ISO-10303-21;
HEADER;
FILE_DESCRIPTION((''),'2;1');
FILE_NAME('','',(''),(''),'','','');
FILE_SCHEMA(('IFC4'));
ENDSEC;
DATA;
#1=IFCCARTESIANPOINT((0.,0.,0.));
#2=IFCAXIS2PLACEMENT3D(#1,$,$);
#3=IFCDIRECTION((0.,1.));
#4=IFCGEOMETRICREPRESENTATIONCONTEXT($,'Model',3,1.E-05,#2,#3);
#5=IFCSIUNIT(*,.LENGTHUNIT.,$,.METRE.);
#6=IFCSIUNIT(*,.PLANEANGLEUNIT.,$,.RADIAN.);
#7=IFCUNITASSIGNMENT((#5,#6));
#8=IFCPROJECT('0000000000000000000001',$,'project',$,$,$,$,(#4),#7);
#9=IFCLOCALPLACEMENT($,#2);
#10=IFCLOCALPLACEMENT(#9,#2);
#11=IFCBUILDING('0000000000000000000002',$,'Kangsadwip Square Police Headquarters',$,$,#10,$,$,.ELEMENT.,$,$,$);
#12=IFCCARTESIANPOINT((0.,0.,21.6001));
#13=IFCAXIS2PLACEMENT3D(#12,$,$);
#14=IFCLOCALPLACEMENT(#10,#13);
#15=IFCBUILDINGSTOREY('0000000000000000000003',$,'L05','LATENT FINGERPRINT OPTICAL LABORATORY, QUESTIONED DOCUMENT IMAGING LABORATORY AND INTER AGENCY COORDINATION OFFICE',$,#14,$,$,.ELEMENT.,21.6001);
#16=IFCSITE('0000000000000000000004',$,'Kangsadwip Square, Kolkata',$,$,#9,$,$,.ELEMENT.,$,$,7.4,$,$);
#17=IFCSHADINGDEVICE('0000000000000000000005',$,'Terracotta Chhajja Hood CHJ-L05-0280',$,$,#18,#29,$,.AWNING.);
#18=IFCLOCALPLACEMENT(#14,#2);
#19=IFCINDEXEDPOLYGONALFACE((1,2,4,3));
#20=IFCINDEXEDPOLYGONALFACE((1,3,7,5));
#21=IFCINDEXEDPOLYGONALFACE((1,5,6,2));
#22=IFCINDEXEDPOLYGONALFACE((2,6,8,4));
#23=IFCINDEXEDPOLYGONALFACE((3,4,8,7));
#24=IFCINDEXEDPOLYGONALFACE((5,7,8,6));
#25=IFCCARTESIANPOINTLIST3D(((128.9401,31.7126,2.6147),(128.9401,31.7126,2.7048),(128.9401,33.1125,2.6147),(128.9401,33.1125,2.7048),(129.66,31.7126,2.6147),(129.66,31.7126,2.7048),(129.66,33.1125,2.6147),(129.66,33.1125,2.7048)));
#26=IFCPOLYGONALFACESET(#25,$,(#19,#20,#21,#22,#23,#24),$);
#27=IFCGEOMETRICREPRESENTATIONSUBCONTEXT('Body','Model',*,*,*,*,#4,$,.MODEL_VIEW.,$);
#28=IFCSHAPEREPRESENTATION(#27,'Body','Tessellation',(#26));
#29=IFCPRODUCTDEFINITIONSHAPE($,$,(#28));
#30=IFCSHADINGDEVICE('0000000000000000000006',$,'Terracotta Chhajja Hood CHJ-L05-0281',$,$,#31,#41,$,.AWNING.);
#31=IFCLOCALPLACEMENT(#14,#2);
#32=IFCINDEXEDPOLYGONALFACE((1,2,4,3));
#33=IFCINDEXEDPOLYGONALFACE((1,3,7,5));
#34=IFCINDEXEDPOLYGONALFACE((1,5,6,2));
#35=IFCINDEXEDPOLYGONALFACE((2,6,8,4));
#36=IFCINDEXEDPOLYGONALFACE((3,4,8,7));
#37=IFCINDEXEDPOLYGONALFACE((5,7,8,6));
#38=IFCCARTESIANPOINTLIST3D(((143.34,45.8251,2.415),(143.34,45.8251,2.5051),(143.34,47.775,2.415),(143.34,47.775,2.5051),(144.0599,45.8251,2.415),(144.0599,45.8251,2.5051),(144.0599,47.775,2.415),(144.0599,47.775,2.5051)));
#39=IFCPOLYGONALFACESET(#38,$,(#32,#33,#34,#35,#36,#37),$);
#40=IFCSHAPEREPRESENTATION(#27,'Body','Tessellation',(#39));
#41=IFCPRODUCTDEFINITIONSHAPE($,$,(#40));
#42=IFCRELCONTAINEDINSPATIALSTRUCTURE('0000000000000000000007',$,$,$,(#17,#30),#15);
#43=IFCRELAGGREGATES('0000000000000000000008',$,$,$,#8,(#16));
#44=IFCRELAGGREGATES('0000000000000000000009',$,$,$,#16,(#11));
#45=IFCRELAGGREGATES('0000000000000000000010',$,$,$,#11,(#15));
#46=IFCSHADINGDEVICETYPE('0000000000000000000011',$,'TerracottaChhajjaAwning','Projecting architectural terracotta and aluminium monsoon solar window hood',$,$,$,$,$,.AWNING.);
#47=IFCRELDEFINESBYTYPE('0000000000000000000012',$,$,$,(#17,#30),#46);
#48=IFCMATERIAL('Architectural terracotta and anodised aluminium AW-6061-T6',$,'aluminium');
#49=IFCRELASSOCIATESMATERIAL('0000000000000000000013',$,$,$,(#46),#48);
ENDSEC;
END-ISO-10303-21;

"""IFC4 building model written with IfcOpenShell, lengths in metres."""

from ifc_helpers import new_model, si_unit, direction, frame, origin, origin_2d, place, context, subcontext, project, spatial, rectangle, extrude, material, type_object, element, save


model = new_model("IFC4")

# Units and contexts
model_context = context("Model", 3, precision=1e-05, world=origin(), true_north=direction((0.0, 1.0)))
body_context = subcontext(model_context, "Body", "Model", "MODEL_VIEW")
ifc_project = project(units=[si_unit("LENGTHUNIT", "METRE"), si_unit("PLANEANGLEUNIT", "RADIAN")], contexts=[model_context])

# Site, building, storey
site_placement = place(None, origin())
site = spatial("IfcSite", under=ifc_project, at=site_placement, Name="Kangsadwip Square, Kolkata", CompositionType="ELEMENT", RefElevation=7.4)
building_placement = place(site_placement, origin())
building = spatial("IfcBuilding", under=site, at=building_placement, Name="Kangsadwip Square Police Headquarters", CompositionType="ELEMENT")
storey_placement = place(building_placement, frame((0.0, 0.0, 21.6001)))
storey = spatial("IfcBuildingStorey", under=building, at=storey_placement, Name="L05", Description="LATENT FINGERPRINT OPTICAL LABORATORY, QUESTIONED DOCUMENT IMAGING LABORATORY AND INTER AGENCY COORDINATION OFFICE", CompositionType="ELEMENT", Elevation=21.6001)

# Shading devices
ifc_material_1 = material(Name="Architectural terracotta and anodised aluminium AW-6061-T6", Category="aluminium")
shading_device_type = type_object("IfcShadingDeviceType", Name="TerracottaChhajjaAwning", Description="Projecting architectural terracotta and aluminium monsoon solar window hood", PredefinedType="AWNING", material=ifc_material_1)
shading_device_1_placement = place(storey_placement, frame((129.3, 32.4126, 2.6147), z_axis=(0.0, 0.0, 1.0), x_axis=(0.0, 1.0, 0.0)))
element("IfcShadingDevice", 1, at=shading_device_1_placement, inside=storey, type_object=shading_device_type, Name="Terracotta Chhajja Hood CHJ-L05-0280", PredefinedType="AWNING", context=body_context, shape_type="SweptSolid", body=[
    extrude(rectangle(XDim=1.3999, YDim=0.72, at=origin_2d()), origin(), (0.0, 0.0, 1.0), 0.0901),
])
shading_device_2_placement = place(storey_placement, frame((143.7, 46.8, 2.415), z_axis=(0.0, 0.0, 1.0), x_axis=(0.0, 1.0, 0.0)))
element("IfcShadingDevice", 2, at=shading_device_2_placement, inside=storey, type_object=shading_device_type, Name="Terracotta Chhajja Hood CHJ-L05-0281", PredefinedType="AWNING", context=body_context, shape_type="SweptSolid", body=[
    extrude(rectangle(XDim=1.95, YDim=0.72, at=origin_2d()), origin(), (0.0, 0.0, 1.0), 0.0901),
])

save(model, "model.ifc")
